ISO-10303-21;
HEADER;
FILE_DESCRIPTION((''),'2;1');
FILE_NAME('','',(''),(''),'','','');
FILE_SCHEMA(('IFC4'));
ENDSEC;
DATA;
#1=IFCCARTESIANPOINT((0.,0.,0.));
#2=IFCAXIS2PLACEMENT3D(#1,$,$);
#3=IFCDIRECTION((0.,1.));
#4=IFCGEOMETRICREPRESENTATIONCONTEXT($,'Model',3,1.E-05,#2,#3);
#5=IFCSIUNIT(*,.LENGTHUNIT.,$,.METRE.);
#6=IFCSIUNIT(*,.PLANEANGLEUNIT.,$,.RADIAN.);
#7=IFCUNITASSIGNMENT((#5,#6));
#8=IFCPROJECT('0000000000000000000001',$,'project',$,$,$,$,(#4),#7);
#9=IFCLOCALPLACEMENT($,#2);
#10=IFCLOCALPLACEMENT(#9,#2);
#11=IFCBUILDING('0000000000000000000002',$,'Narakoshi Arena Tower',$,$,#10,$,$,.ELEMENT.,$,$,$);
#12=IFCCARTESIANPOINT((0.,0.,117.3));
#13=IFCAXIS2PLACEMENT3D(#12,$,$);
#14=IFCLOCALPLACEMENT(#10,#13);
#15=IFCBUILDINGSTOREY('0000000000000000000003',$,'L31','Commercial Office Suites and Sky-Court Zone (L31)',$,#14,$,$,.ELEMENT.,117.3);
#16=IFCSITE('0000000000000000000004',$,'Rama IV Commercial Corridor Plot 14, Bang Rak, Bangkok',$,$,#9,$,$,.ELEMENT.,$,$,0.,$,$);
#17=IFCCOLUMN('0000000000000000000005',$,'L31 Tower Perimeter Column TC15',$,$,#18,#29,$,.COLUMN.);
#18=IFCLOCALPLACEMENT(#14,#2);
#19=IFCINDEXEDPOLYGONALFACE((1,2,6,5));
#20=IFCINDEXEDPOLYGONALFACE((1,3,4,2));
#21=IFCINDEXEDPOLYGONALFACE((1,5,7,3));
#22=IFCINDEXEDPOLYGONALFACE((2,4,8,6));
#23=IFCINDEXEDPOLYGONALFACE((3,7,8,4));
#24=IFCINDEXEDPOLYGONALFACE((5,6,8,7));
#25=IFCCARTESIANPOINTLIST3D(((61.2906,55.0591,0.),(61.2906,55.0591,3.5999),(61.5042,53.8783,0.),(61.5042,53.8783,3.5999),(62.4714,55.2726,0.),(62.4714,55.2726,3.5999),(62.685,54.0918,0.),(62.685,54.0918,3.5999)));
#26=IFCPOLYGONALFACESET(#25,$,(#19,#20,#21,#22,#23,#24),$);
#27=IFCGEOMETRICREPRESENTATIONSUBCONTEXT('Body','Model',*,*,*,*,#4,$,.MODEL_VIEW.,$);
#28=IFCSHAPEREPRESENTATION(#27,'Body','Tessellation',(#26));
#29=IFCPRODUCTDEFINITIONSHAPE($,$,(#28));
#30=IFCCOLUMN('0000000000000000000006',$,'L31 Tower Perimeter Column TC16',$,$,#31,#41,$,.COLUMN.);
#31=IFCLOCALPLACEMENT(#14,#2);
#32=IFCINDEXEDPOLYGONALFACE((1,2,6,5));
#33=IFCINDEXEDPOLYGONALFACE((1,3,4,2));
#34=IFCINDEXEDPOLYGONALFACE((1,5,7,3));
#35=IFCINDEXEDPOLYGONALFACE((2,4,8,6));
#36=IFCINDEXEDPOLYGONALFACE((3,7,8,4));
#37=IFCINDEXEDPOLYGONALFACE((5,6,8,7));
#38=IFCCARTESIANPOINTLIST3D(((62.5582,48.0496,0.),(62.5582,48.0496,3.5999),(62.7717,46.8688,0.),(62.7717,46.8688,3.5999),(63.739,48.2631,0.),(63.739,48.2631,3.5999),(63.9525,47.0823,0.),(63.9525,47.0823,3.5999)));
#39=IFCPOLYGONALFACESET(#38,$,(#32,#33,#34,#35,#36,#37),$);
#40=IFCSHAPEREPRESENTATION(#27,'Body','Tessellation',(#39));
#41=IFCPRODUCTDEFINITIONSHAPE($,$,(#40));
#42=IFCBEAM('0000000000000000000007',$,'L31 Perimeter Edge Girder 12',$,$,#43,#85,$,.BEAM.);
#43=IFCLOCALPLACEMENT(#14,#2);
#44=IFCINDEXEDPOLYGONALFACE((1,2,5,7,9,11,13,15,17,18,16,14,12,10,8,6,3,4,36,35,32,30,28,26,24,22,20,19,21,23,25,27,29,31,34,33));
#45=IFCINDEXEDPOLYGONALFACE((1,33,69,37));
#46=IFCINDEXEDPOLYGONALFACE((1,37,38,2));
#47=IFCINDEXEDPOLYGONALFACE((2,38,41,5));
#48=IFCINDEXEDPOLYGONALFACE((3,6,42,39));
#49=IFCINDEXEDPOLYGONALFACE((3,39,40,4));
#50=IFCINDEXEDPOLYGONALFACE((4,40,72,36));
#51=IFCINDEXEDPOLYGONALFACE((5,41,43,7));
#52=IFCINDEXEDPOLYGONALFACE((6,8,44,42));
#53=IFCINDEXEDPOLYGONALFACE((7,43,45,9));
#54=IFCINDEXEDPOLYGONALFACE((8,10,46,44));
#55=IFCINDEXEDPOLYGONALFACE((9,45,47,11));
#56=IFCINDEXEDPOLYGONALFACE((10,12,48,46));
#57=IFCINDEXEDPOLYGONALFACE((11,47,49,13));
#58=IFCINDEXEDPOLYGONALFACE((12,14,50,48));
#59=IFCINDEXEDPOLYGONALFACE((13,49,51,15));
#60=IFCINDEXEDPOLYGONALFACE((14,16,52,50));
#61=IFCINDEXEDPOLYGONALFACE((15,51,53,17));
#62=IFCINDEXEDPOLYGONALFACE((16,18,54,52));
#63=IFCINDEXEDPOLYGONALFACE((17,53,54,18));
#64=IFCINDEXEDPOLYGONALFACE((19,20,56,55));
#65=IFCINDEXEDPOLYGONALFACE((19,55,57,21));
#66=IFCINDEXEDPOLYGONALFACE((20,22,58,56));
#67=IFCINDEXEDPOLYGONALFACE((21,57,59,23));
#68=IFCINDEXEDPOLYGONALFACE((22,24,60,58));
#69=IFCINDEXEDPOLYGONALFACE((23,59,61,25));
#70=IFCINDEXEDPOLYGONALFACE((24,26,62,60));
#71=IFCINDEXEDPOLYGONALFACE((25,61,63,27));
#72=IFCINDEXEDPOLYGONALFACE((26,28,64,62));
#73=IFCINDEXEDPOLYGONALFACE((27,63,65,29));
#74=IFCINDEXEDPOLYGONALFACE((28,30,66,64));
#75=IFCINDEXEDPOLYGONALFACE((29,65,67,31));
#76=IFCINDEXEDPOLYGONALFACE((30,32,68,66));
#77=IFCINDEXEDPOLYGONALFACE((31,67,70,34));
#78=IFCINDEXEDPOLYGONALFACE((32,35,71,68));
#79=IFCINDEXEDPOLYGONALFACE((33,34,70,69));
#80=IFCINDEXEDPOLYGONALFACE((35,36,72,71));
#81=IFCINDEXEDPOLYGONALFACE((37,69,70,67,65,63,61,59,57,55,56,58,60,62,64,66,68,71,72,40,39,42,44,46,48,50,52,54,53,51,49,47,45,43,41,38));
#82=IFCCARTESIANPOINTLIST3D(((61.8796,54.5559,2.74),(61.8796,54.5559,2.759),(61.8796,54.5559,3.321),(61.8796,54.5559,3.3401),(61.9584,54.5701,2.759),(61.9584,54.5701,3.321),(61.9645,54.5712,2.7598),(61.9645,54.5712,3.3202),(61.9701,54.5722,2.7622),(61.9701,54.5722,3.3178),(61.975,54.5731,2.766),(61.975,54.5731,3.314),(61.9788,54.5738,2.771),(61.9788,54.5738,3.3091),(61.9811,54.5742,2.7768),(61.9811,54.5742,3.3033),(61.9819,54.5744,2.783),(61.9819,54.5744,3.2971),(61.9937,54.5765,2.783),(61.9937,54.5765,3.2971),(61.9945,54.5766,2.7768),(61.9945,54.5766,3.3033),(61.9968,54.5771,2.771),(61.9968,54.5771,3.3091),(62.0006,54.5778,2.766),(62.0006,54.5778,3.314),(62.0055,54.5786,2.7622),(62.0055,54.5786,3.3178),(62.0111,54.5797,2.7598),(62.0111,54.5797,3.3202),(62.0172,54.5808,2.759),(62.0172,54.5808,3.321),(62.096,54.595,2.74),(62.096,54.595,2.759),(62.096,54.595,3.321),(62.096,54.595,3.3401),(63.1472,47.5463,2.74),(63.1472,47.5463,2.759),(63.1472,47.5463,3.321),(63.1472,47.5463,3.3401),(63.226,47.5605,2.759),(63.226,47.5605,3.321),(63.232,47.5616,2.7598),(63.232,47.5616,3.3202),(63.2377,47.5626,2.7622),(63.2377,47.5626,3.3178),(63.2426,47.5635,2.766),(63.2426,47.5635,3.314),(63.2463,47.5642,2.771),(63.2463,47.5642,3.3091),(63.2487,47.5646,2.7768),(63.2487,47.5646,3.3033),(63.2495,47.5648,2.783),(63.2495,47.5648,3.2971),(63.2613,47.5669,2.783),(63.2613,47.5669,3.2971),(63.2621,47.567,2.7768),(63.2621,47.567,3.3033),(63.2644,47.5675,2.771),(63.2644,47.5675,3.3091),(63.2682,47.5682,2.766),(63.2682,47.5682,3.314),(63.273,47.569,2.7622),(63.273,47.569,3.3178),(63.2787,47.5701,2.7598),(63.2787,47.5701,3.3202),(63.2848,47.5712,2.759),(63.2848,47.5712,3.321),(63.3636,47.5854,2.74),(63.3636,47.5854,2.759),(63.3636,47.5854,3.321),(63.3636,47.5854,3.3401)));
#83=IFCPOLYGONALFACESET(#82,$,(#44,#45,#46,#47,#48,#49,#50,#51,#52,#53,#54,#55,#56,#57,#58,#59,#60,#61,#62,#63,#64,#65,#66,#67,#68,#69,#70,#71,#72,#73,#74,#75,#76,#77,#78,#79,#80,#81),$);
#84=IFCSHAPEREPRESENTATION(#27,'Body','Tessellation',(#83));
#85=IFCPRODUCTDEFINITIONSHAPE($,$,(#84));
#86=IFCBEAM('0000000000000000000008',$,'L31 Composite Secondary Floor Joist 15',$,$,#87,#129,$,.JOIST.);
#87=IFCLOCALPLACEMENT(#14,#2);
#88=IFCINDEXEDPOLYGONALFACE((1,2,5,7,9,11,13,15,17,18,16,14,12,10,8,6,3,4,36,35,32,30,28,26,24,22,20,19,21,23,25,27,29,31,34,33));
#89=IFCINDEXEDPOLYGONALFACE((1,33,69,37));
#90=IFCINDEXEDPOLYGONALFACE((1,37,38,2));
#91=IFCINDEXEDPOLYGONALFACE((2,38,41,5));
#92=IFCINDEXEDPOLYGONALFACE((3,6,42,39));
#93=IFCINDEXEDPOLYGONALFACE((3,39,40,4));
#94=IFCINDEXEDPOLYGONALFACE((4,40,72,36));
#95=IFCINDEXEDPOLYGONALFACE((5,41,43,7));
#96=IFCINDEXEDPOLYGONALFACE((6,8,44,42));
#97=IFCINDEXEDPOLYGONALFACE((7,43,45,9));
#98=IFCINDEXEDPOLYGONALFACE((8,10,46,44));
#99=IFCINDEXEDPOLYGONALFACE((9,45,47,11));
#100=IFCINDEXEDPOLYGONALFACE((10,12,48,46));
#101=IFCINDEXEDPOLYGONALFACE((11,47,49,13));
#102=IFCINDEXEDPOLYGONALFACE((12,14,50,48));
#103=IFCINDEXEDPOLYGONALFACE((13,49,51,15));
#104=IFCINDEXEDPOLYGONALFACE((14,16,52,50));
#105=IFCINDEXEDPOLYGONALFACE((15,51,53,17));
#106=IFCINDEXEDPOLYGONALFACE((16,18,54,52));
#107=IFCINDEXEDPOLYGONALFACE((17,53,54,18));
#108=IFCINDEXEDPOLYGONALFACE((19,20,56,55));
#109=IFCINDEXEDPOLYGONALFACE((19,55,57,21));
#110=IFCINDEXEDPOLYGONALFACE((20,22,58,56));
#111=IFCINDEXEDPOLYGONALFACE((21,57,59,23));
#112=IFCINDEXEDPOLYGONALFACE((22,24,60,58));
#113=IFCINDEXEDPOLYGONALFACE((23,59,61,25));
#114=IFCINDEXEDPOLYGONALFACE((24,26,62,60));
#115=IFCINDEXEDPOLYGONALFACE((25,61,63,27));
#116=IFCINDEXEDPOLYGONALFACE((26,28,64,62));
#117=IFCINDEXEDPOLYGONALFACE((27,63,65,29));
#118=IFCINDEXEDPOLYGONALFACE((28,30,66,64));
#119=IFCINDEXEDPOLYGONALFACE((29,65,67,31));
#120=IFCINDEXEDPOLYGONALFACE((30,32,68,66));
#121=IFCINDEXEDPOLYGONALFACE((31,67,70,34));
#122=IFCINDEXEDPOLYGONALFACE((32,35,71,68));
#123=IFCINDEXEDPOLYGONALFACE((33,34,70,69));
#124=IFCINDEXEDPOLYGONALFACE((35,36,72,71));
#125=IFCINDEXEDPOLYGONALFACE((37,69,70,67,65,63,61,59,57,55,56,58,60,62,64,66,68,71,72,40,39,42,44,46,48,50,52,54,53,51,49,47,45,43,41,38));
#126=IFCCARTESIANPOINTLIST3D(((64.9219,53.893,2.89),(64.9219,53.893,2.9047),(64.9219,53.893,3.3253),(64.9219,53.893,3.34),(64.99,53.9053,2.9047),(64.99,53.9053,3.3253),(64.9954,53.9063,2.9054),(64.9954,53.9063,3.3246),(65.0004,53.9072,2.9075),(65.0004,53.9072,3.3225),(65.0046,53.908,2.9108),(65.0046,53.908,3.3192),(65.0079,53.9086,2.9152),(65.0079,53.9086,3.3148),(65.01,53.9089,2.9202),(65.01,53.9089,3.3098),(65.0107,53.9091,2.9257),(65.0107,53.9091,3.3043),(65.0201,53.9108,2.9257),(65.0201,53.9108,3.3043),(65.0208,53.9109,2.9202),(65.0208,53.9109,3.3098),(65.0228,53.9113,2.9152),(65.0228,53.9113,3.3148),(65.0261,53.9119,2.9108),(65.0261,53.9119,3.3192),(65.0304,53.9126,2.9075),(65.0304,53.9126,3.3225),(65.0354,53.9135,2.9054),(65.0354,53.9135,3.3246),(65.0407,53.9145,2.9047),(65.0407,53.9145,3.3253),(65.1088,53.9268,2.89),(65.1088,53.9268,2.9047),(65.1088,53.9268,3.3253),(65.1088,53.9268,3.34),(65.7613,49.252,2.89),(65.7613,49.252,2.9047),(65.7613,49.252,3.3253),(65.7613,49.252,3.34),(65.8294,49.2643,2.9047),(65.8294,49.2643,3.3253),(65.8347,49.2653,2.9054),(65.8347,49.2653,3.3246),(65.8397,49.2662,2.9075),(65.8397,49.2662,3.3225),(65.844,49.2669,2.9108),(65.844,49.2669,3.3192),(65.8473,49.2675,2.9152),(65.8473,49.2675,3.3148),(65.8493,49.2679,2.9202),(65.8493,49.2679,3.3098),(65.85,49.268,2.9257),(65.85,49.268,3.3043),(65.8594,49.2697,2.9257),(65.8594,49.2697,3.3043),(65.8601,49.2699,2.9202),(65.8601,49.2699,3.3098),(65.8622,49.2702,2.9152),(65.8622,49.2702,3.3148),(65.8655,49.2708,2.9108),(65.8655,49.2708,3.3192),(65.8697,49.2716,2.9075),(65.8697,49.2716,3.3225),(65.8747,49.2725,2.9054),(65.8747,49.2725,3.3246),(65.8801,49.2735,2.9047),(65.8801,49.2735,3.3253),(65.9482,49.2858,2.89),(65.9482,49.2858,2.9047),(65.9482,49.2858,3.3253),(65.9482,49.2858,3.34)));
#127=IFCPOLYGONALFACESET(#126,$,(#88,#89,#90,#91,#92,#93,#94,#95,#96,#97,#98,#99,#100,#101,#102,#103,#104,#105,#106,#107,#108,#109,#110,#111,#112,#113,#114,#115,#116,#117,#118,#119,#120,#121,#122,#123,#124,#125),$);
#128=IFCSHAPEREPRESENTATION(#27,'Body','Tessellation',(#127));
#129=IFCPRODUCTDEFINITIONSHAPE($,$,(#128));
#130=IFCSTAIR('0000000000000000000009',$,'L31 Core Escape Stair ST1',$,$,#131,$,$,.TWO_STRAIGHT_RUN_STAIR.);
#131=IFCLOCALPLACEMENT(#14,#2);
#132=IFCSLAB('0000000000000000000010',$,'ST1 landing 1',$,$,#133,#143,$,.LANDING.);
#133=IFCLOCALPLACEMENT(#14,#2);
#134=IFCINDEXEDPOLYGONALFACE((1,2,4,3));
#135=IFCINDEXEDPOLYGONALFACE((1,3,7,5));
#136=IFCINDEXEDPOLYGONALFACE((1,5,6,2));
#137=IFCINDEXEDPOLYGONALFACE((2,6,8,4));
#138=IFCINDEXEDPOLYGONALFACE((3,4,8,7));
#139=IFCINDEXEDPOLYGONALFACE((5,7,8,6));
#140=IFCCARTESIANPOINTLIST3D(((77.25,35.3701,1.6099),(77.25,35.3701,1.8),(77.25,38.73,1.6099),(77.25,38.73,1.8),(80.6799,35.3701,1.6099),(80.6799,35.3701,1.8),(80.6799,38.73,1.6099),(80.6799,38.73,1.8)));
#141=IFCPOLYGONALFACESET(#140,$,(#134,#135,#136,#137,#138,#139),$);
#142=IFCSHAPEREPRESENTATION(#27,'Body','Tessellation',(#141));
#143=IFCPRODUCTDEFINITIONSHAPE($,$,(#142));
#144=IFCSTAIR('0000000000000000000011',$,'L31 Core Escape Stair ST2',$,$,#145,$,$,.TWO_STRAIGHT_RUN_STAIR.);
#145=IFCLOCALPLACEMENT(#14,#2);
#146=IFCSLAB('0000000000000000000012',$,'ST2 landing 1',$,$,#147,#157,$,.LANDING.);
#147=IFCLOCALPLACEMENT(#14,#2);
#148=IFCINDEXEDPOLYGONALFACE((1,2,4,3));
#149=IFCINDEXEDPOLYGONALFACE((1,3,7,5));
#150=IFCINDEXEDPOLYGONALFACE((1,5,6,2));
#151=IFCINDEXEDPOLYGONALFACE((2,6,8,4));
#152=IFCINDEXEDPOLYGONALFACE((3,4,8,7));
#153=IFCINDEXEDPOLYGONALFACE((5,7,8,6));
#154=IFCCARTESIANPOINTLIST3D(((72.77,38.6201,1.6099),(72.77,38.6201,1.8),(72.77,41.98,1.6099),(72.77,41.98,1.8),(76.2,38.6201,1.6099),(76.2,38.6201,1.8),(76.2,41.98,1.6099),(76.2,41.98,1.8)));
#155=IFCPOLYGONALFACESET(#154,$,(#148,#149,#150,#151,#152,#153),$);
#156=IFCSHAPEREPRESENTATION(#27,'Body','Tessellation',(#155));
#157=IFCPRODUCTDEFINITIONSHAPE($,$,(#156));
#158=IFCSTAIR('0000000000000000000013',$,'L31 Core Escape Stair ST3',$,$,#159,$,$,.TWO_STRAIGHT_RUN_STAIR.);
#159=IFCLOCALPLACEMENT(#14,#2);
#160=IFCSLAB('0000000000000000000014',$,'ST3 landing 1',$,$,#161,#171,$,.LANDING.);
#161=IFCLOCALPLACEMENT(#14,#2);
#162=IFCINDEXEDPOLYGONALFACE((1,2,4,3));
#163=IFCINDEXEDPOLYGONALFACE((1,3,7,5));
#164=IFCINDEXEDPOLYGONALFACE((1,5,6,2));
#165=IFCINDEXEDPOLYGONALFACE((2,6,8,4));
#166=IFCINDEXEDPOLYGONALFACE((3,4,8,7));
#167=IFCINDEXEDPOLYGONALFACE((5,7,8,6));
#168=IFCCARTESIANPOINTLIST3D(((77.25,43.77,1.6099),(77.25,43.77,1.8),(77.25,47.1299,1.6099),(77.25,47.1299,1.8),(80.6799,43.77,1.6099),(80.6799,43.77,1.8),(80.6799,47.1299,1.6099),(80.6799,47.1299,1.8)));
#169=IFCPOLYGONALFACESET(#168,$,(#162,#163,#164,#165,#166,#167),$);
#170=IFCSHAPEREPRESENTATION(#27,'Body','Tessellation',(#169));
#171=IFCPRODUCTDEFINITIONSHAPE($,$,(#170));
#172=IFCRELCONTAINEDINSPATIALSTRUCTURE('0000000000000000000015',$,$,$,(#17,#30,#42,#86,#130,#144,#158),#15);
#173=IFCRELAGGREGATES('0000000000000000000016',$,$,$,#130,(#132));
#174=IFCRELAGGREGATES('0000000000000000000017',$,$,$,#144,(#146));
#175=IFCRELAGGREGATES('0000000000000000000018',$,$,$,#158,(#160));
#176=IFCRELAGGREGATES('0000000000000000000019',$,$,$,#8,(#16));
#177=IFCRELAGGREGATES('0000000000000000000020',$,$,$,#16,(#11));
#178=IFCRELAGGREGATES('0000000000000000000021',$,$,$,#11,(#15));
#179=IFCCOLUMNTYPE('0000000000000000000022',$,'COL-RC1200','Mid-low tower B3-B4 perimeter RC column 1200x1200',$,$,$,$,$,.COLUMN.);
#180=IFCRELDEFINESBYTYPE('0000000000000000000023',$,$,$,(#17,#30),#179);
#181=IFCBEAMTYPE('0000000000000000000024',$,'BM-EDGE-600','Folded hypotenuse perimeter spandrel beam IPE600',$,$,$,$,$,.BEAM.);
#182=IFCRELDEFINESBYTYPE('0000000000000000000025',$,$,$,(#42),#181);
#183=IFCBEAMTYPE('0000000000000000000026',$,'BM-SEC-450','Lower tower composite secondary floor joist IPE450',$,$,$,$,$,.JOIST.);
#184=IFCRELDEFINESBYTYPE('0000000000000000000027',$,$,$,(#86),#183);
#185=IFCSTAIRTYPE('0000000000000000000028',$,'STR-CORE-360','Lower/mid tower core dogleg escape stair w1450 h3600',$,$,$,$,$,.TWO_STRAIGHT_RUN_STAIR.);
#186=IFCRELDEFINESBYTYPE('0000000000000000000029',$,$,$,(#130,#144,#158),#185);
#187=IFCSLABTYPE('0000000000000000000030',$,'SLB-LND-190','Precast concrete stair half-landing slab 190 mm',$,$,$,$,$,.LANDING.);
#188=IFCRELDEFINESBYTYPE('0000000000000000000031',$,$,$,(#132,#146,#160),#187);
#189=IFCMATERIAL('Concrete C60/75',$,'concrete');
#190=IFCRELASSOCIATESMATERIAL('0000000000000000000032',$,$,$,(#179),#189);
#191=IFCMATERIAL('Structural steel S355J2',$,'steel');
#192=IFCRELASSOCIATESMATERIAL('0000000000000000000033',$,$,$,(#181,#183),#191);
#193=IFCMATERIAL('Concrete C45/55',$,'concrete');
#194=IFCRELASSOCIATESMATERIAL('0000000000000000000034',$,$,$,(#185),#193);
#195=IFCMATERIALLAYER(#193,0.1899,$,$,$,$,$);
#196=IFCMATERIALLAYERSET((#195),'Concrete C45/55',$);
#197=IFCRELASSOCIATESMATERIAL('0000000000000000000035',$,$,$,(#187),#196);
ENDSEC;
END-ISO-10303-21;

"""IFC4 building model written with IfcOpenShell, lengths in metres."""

from ifc_helpers import new_model, si_unit, direction, frame, origin, origin_2d, place, context, subcontext, project, spatial, polyline, rectangle, i_section, outline, extrude, material, layer, layer_set, material_profile, profile_set, type_object, element, aggregate, save


model = new_model("IFC4")

# Units and contexts
model_context = context("Model", 3, precision=1e-05, world=origin(), true_north=direction((0.0, 1.0)))
body_context = subcontext(model_context, "Body", "Model", "MODEL_VIEW")
ifc_project = project(units=[si_unit("LENGTHUNIT", "METRE"), si_unit("PLANEANGLEUNIT", "RADIAN")], contexts=[model_context])

# Site, building, storey
site_placement = place(None, origin())
site = spatial("IfcSite", under=ifc_project, at=site_placement, Name="Rama IV Commercial Corridor Plot 14, Bang Rak, Bangkok", CompositionType="ELEMENT", RefElevation=0.0)
building_placement = place(site_placement, origin())
building = spatial("IfcBuilding", under=site, at=building_placement, Name="Narakoshi Arena Tower", CompositionType="ELEMENT")
storey_placement = place(building_placement, frame((0.0, 0.0, 117.3)))
storey = spatial("IfcBuildingStorey", under=building, at=storey_placement, Name="L31", Description="Commercial Office Suites and Sky-Court Zone (L31)", CompositionType="ELEMENT", Elevation=117.3)

# Columns
ifc_material_1 = material(Name="Concrete C60/75", Category="concrete")
ifc_material_profile_1 = material_profile(ifc_material_1, rectangle(XDim=1.2, YDim=1.2, at=origin_2d()), Name="RC1200x1200")
ifc_profile_set_1 = profile_set([ifc_material_profile_1], Name="Concrete C60/75")
column_type = type_object("IfcColumnType", Name="COL-RC1200", Description="Mid-low tower B3-B4 perimeter RC column 1200x1200", PredefinedType="COLUMN", material=ifc_profile_set_1)
for number, where, z_axis, x_axis, name in (
    (1, (61.9878, 54.5754, 0.0), (0.0, 0.0, 1.0), (-0.177944, 0.984041, 0.0), "L31 Tower Perimeter Column TC15"),
    (2, (63.2554, 47.5659, 0.0), (0.0, 0.0, 1.0), (-0.177944, 0.984041, 0.0), "L31 Tower Perimeter Column TC16"),
):
    element("IfcColumn", number, at=place(storey_placement, frame(where, z_axis=z_axis, x_axis=x_axis)), inside=storey, type_object=column_type, Name=name, PredefinedType="COLUMN", context=body_context, shape_type="SweptSolid", body=[
        extrude(rectangle(XDim=1.2, YDim=1.2, at=origin_2d()), origin(), (0.0, 0.0, 1.0), 3.5999),
    ])

# Beams
ifc_material_2 = material(Name="Structural steel S355J2", Category="steel")
ifc_material_profile_2 = material_profile(ifc_material_2, i_section(OverallWidth=0.22, OverallDepth=0.6001, WebThickness=0.012, FlangeThickness=0.019, FilletRadius=0.0239, at=origin_2d()), Name="IPE600")
ifc_profile_set_2 = profile_set([ifc_material_profile_2], Name="Structural steel S355J2")
beam_type_1 = type_object("IfcBeamType", Name="BM-EDGE-600", Description="Folded hypotenuse perimeter spandrel beam IPE600", PredefinedType="BEAM", material=ifc_profile_set_2)
beam_1_placement = place(storey_placement, frame((61.9878, 54.5754, 3.04), z_axis=(0.17795, -0.984039, 0.0), x_axis=(0.984039, 0.17795, 0.0)))
element("IfcBeam", 3, at=beam_1_placement, inside=storey, type_object=beam_type_1, Name="L31 Perimeter Edge Girder 12", PredefinedType="BEAM", context=body_context, shape_type="SweptSolid", body=[
    extrude(i_section(OverallWidth=0.22, OverallDepth=0.6001, WebThickness=0.012, FlangeThickness=0.019, FilletRadius=0.0239, at=origin_2d()), origin(), (0.0, 0.0, 1.0), 7.1233),
])
ifc_material_profile_3 = material_profile(ifc_material_2, i_section(OverallWidth=0.1899, OverallDepth=0.45, WebThickness=0.0095, FlangeThickness=0.0146, FilletRadius=0.021, at=origin_2d()), Name="IPE450")
ifc_profile_set_3 = profile_set([ifc_material_profile_3], Name="Structural steel S355J2")
beam_type_2 = type_object("IfcBeamType", Name="BM-SEC-450", Description="Lower tower composite secondary floor joist IPE450", PredefinedType="JOIST", material=ifc_profile_set_3)
beam_2_placement = place(storey_placement, frame((65.0154, 53.9099, 3.115), z_axis=(0.177965, -0.984037, 0.0), x_axis=(0.984037, 0.177965, 0.0)))
element("IfcBeam", 4, at=beam_2_placement, inside=storey, type_object=beam_type_2, Name="L31 Composite Secondary Floor Joist 15", PredefinedType="JOIST", context=body_context, shape_type="SweptSolid", body=[
    extrude(i_section(OverallWidth=0.1899, OverallDepth=0.45, WebThickness=0.0095, FlangeThickness=0.0146, FilletRadius=0.021, at=origin_2d()), origin(), (0.0, 0.0, 1.0), 4.7163),
])

# Stairs, slabs
ifc_material_3 = material(Name="Concrete C45/55", Category="concrete")
stair_type = type_object("IfcStairType", Name="STR-CORE-360", Description="Lower/mid tower core dogleg escape stair w1450 h3600", PredefinedType="TWO_STRAIGHT_RUN_STAIR", material=ifc_material_3)
stair_1_placement = place(storey_placement, origin())
stair_1 = element("IfcStair", 5, at=stair_1_placement, inside=storey, type_object=stair_type, Name="L31 Core Escape Stair ST1", PredefinedType="TWO_STRAIGHT_RUN_STAIR")
ifc_layer_1 = layer(ifc_material_3, 0.1899)
ifc_layer_set_1 = layer_set([ifc_layer_1], Name="Concrete C45/55")
slab_type_1 = type_object("IfcSlabType", Name="SLB-LND-190", Description="Precast concrete stair half-landing slab 190 mm", PredefinedType="LANDING", material=ifc_layer_set_1)
slab_1_placement = place(storey_placement, frame((0.0, 0.0, 1.6099)))
slab_1 = element("IfcSlab", 6, at=slab_1_placement, type_object=slab_type_1, Name="ST1 landing 1", PredefinedType="LANDING", context=body_context, shape_type="SweptSolid", body=[
    extrude(outline(polyline([(77.25, 35.3701), (80.6799, 35.3701), (80.6799, 38.73), (77.25, 38.73), (77.25, 35.3701)])), origin(), (0.0, 0.0, 1.0), 0.1902),
])
aggregate(stair_1, [slab_1])
stair_2_placement = place(storey_placement, origin())
stair_2 = element("IfcStair", 7, at=stair_2_placement, inside=storey, type_object=stair_type, Name="L31 Core Escape Stair ST2", PredefinedType="TWO_STRAIGHT_RUN_STAIR")
slab_2_placement = place(storey_placement, frame((0.0, 0.0, 1.6099)))
slab_2 = element("IfcSlab", 8, at=slab_2_placement, type_object=slab_type_1, Name="ST2 landing 1", PredefinedType="LANDING", context=body_context, shape_type="SweptSolid", body=[
    extrude(outline(polyline([(72.77, 38.6201), (76.2, 38.6201), (76.2, 41.98), (72.77, 41.98), (72.77, 38.6201)])), origin(), (0.0, 0.0, 1.0), 0.1902),
])
aggregate(stair_2, [slab_2])
stair_3_placement = place(storey_placement, origin())
stair_3 = element("IfcStair", 9, at=stair_3_placement, inside=storey, type_object=stair_type, Name="L31 Core Escape Stair ST3", PredefinedType="TWO_STRAIGHT_RUN_STAIR")
slab_3_placement = place(storey_placement, frame((0.0, 0.0, 1.6099)))
slab_3 = element("IfcSlab", 10, at=slab_3_placement, type_object=slab_type_1, Name="ST3 landing 1", PredefinedType="LANDING", context=body_context, shape_type="SweptSolid", body=[
    extrude(outline(polyline([(77.25, 43.77), (80.6799, 43.77), (80.6799, 47.1299), (77.25, 47.1299), (77.25, 43.77)])), origin(), (0.0, 0.0, 1.0), 0.1902),
])
aggregate(stair_3, [slab_3])

save(model, "model.ifc")
